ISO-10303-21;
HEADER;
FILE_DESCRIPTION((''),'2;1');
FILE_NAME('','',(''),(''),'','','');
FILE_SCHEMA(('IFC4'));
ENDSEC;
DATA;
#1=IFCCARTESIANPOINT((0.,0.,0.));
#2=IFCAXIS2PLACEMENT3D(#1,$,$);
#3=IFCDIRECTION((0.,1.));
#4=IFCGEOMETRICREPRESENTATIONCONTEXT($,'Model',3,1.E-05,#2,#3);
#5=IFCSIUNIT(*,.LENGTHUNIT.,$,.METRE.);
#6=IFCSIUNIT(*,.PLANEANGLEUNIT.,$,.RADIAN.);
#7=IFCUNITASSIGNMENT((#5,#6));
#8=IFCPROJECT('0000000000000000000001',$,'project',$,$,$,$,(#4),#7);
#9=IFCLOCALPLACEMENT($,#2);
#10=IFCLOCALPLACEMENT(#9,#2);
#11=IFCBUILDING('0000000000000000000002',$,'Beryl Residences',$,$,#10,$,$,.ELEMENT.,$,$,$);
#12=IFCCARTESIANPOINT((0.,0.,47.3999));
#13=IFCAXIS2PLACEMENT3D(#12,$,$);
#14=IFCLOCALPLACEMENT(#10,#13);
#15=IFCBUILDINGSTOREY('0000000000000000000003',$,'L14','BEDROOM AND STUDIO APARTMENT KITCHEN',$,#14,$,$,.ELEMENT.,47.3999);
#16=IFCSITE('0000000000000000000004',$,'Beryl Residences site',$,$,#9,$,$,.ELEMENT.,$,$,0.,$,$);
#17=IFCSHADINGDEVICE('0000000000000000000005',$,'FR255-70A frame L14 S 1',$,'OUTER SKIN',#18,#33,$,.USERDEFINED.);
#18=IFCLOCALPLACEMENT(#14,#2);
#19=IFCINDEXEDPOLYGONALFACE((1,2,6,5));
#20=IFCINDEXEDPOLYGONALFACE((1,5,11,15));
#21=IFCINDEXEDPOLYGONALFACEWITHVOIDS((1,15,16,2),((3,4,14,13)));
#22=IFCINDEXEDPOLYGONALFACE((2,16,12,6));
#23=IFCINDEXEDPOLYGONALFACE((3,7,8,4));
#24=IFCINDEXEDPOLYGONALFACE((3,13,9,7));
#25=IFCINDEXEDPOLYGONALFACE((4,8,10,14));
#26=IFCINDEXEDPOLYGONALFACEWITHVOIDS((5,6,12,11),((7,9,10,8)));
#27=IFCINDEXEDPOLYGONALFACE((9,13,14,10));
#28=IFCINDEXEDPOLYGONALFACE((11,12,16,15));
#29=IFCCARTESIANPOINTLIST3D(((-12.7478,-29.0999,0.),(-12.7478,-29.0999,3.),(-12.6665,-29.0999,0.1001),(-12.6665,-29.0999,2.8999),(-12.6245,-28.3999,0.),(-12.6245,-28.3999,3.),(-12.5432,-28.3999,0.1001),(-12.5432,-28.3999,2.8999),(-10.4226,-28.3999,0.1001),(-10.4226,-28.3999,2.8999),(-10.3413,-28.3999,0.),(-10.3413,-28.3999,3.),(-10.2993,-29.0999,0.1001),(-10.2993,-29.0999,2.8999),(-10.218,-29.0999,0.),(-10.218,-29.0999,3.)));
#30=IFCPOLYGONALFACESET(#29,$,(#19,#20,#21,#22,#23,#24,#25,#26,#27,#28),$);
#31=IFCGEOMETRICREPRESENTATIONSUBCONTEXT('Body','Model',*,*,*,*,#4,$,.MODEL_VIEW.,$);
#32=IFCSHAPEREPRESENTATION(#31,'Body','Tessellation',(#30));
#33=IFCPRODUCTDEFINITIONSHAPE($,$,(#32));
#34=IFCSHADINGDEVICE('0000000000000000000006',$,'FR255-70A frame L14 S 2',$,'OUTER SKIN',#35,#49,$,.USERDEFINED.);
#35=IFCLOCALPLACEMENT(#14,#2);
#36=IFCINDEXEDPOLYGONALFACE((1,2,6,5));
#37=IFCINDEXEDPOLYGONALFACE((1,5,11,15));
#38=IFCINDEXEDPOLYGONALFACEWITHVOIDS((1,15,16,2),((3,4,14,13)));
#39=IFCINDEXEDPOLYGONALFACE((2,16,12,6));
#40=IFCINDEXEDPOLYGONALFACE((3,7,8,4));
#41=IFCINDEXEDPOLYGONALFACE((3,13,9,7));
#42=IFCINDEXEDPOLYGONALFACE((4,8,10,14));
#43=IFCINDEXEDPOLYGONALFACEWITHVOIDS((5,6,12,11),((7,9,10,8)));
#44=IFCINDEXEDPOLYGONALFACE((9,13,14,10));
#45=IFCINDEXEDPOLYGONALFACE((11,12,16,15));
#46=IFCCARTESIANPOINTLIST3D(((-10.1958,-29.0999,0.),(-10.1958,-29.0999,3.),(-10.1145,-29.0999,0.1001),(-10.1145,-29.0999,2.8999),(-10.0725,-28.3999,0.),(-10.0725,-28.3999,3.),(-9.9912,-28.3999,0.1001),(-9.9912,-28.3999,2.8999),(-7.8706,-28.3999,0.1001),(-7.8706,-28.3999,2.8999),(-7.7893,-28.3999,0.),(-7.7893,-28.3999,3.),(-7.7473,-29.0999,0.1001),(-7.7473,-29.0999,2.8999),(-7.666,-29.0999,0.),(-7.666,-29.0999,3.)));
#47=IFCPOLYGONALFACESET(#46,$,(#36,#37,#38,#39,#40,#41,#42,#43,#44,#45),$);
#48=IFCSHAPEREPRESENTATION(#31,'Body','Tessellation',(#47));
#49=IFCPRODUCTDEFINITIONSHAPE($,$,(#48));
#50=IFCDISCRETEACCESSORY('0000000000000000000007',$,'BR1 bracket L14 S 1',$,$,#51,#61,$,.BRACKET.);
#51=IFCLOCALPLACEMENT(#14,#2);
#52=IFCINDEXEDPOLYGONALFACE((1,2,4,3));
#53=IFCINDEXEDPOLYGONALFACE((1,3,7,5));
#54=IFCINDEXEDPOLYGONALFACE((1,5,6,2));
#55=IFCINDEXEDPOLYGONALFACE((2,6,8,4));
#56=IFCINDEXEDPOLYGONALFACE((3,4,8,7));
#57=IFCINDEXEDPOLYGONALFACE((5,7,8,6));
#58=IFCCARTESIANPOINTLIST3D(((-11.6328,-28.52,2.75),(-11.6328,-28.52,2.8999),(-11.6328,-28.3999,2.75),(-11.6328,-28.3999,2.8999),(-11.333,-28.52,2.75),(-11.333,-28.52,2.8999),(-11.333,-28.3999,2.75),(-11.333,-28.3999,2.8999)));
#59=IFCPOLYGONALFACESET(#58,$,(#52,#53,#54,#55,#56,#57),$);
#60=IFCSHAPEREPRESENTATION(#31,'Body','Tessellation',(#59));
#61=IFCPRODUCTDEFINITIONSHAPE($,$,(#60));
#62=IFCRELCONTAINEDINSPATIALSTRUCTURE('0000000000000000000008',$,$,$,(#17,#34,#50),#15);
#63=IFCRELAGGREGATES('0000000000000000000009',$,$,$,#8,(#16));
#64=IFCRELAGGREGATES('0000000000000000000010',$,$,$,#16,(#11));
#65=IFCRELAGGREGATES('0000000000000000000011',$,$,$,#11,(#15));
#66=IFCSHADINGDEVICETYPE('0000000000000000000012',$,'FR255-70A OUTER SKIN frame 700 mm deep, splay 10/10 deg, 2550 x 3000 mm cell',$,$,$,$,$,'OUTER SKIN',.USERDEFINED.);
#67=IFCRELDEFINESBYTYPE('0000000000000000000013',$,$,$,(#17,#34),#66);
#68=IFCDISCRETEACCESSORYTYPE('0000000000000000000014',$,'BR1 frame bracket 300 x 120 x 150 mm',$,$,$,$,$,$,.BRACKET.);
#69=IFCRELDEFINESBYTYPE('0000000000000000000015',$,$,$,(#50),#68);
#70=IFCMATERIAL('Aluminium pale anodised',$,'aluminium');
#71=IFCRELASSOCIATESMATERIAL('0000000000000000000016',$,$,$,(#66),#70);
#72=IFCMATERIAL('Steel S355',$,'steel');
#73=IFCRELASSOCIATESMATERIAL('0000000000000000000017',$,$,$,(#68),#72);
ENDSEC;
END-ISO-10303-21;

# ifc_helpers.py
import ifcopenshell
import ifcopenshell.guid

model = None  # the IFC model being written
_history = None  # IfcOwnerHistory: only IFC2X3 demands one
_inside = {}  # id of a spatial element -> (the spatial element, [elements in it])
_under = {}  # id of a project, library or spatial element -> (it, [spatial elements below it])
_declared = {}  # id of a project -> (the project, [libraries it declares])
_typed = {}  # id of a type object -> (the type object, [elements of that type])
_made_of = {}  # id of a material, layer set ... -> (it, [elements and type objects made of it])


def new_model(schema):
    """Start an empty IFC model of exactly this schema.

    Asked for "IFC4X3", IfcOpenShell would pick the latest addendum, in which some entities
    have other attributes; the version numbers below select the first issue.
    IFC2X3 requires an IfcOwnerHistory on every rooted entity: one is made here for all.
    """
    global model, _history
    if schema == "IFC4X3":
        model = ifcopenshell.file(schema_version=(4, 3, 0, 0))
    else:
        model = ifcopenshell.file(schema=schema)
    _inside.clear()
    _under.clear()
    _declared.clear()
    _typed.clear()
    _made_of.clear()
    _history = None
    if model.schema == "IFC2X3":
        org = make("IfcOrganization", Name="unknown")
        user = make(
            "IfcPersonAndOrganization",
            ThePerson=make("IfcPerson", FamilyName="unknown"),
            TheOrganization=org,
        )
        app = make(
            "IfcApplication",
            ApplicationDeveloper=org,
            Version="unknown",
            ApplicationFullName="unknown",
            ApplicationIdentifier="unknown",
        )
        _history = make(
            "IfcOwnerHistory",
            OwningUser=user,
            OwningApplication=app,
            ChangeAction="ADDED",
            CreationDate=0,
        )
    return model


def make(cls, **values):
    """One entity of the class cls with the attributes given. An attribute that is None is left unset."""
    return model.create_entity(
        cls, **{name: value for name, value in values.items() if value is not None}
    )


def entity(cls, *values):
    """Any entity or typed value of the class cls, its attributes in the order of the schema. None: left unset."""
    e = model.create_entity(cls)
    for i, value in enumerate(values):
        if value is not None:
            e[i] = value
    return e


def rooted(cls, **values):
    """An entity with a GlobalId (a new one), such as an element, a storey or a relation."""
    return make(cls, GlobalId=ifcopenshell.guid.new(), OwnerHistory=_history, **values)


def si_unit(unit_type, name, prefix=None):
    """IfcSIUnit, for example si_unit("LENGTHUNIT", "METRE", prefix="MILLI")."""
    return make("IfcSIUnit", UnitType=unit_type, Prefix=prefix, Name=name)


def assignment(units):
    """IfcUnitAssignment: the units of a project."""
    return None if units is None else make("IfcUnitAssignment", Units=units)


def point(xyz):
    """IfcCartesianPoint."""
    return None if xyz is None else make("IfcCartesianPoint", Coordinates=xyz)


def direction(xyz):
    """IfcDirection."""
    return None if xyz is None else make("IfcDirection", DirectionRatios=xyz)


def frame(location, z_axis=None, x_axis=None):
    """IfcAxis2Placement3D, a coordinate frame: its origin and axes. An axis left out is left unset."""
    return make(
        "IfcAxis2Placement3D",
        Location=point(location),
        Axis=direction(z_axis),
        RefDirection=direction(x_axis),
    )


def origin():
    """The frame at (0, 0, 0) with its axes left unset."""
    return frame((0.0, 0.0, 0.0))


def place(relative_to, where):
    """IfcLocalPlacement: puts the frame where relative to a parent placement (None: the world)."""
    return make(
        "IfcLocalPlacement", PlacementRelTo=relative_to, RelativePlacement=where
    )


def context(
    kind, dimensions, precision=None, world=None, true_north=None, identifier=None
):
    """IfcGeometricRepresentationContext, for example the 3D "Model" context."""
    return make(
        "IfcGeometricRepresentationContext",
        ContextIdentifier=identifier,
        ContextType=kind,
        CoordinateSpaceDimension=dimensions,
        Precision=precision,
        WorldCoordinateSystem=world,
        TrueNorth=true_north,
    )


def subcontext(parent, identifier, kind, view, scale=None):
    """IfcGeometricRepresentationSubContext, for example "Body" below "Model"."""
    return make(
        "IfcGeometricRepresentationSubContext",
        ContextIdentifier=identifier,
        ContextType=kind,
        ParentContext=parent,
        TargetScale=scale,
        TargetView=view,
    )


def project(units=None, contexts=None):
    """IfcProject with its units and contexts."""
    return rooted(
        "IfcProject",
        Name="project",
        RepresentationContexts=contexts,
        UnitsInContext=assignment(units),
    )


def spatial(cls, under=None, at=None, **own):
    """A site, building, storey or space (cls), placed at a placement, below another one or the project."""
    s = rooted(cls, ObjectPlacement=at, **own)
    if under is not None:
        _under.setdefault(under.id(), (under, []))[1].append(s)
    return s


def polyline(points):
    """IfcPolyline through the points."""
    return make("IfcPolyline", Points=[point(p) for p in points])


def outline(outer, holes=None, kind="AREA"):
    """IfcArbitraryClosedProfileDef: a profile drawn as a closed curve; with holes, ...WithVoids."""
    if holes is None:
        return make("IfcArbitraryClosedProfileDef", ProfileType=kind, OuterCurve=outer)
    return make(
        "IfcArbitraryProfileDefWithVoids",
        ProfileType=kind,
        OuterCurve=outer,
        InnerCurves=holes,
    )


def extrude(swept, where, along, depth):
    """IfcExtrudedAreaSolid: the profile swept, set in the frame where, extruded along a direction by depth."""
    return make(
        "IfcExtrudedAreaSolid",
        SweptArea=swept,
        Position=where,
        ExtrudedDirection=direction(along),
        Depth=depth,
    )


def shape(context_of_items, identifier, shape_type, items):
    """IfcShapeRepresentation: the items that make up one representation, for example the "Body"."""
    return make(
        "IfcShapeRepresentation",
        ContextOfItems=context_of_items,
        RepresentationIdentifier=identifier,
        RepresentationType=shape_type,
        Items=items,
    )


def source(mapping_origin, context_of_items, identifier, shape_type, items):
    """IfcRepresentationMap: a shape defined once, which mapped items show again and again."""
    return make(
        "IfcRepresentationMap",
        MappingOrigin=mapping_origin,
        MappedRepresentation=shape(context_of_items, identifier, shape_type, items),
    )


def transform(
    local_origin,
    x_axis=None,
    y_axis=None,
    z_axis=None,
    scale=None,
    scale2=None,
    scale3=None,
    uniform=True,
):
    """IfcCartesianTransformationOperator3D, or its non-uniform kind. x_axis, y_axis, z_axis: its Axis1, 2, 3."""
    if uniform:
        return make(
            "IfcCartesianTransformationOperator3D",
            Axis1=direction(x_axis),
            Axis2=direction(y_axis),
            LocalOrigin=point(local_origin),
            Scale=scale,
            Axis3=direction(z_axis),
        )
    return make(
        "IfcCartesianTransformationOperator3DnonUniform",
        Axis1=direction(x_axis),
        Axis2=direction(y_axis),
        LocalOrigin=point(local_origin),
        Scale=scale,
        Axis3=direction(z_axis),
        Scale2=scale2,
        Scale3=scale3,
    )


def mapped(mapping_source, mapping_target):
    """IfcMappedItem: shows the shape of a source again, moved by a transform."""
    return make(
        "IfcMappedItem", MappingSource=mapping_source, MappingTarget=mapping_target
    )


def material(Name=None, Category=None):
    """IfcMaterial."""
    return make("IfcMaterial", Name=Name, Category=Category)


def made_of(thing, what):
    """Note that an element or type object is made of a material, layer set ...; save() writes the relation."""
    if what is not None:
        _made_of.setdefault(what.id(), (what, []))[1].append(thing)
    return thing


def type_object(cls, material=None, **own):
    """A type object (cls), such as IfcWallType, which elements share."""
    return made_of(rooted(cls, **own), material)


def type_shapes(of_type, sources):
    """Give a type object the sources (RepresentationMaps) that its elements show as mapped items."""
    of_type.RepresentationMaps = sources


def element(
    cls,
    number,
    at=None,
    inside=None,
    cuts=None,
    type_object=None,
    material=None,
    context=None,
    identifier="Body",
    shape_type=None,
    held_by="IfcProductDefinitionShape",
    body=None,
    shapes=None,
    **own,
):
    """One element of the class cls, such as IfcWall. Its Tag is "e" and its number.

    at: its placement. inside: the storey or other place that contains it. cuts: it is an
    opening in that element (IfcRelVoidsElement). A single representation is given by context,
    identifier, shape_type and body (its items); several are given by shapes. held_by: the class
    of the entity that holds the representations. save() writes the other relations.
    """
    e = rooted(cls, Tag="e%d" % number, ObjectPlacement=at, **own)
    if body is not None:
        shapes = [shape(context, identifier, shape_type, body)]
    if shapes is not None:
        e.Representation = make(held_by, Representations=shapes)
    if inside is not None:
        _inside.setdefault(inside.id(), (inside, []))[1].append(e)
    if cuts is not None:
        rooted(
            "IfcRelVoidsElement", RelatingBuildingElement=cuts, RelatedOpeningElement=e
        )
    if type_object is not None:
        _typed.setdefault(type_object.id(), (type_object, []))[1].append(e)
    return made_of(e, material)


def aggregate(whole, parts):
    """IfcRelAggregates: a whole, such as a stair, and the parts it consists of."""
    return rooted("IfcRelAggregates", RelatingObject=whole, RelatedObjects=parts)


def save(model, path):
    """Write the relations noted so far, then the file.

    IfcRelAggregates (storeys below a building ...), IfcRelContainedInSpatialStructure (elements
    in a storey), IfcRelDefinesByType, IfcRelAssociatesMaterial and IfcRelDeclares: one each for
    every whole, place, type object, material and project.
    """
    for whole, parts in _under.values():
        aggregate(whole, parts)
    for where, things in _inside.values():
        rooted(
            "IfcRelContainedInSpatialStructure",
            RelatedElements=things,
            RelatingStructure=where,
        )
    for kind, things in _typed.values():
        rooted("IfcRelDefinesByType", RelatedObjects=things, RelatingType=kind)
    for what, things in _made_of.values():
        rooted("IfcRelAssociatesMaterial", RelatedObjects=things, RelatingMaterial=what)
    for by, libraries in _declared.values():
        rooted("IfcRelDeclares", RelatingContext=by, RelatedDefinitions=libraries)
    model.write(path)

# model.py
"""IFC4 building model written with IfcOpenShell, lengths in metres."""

from ifc_helpers import new_model, entity, si_unit, direction, frame, origin, place, context, subcontext, project, spatial, polyline, outline, extrude, source, transform, mapped, material, type_object, type_shapes, element, save


model = new_model("IFC4")

# Units and contexts
model_context = context("Model", 3, precision=1e-05, world=origin(), true_north=direction((0.0, 1.0)))
body_context = subcontext(model_context, "Body", "Model", "MODEL_VIEW")
ifc_project = project(units=[si_unit("LENGTHUNIT", "METRE"), si_unit("PLANEANGLEUNIT", "RADIAN")], contexts=[model_context])

# Site, building, storey
site_placement = place(None, origin())
site = spatial("IfcSite", under=ifc_project, at=site_placement, Name="Beryl Residences site", CompositionType="ELEMENT", RefElevation=0.0)
building_placement = place(site_placement, origin())
building = spatial("IfcBuilding", under=site, at=building_placement, Name="Beryl Residences", CompositionType="ELEMENT")
storey_placement = place(building_placement, frame((0.0, 0.0, 47.3999)))
storey = spatial("IfcBuildingStorey", under=building, at=storey_placement, Name="L14", Description="BEDROOM AND STUDIO APARTMENT KITCHEN", CompositionType="ELEMENT", Elevation=47.3999)

# Shading devices
ifc_material_1 = material(Name="Aluminium pale anodised", Category="aluminium")
shading_device_type_1 = type_object("IfcShadingDeviceType", Name="FR255-70A OUTER SKIN frame 700 mm deep, splay 10/10 deg, 2550 x 3000 mm cell", ElementType="OUTER SKIN", PredefinedType="USERDEFINED", material=ifc_material_1)
cartesian_point_1 = entity("IfcCartesianPoint", [-1.1416, 0.0])
cartesian_point_2 = entity("IfcCartesianPoint", [-1.0603, 0.1001])
cartesian_point_3 = entity("IfcCartesianPoint", [-1.2649, 0.0])
cartesian_point_4 = entity("IfcCartesianPoint", [-1.1836, 0.1001])
shared_shape_1 = source(origin(), body_context, "Body", "SweptSolid", [
    entity("IfcExtrudedAreaSolidTapered", entity("IfcArbitraryProfileDefWithVoids", "AREA", None, entity("IfcPolyline", [cartesian_point_1, entity("IfcCartesianPoint", [1.1416, 0.0]), entity("IfcCartesianPoint", [1.1416, 3.0]), entity("IfcCartesianPoint", [-1.1416, 3.0]), cartesian_point_1]), [entity("IfcPolyline", [cartesian_point_2, entity("IfcCartesianPoint", [1.0603, 0.1001]), entity("IfcCartesianPoint", [1.0603, 2.8999]), entity("IfcCartesianPoint", [-1.0603, 2.8999]), cartesian_point_2])]), entity("IfcAxis2Placement3D", entity("IfcCartesianPoint", [0.0, 0.0, 0.0]), entity("IfcDirection", [0.0, 1.0, 0.0]), entity("IfcDirection", [-1.0, 0.0, 0.0])), entity("IfcDirection", [0.0, 0.0, 1.0]), 0.7, entity("IfcArbitraryProfileDefWithVoids", "AREA", None, entity("IfcPolyline", [cartesian_point_3, entity("IfcCartesianPoint", [1.2649, 0.0]), entity("IfcCartesianPoint", [1.2649, 3.0]), entity("IfcCartesianPoint", [-1.2649, 3.0]), cartesian_point_3]), [entity("IfcPolyline", [cartesian_point_4, entity("IfcCartesianPoint", [1.1836, 0.1001]), entity("IfcCartesianPoint", [1.1836, 2.8999]), entity("IfcCartesianPoint", [-1.1836, 2.8999]), cartesian_point_4])])),
])
type_shapes(shading_device_type_1, [shared_shape_1])
for number, where, z_axis, x_axis, name in (
    (1, (-11.4829, -28.3999, 0.0), (0.0, 0.0, 1.0), (-1.0, 0.0, 0.0), "FR255-70A frame L14 S 1"),
    (2, (-8.9309, -28.3999, 0.0), (0.0, 0.0, 1.0), (-1.0, 0.0, 0.0), "FR255-70A frame L14 S 2"),
):
    element("IfcShadingDevice", number, at=place(storey_placement, frame(where, z_axis=z_axis, x_axis=x_axis)), inside=storey, type_object=shading_device_type_1, Name=name, ObjectType="OUTER SKIN", PredefinedType="USERDEFINED", context=body_context, shape_type="MappedRepresentation", body=[
        mapped(shared_shape_1, transform((0.0, 0.0, 0.0))),
    ])

# Discrete accessory
ifc_material_2 = material(Name="Steel S355", Category="steel")
discrete_accessory_type = type_object("IfcDiscreteAccessoryType", Name="BR1 frame bracket 300 x 120 x 150 mm", PredefinedType="BRACKET", material=ifc_material_2)
shared_shape_2 = source(origin(), body_context, "Body", "SweptSolid", [
    extrude(outline(polyline([(-0.1499, 0.0), (0.1499, 0.0), (0.1499, 0.1201), (-0.1499, 0.1201), (-0.1499, 0.0)])), origin(), (0.0, 0.0, 1.0), 0.1499),
])
type_shapes(discrete_accessory_type, [shared_shape_2])
discrete_accessory_placement = place(storey_placement, frame((-11.4829, -28.3999, 2.75), z_axis=(0.0, 0.0, 1.0), x_axis=(-1.0, 0.0, 0.0)))
element("IfcDiscreteAccessory", 3, at=discrete_accessory_placement, inside=storey, type_object=discrete_accessory_type, Name="BR1 bracket L14 S 1", PredefinedType="BRACKET", context=body_context, shape_type="MappedRepresentation", body=[
    mapped(shared_shape_2, transform((0.0, 0.0, 0.0))),
])

save(model, "model.ifc")
